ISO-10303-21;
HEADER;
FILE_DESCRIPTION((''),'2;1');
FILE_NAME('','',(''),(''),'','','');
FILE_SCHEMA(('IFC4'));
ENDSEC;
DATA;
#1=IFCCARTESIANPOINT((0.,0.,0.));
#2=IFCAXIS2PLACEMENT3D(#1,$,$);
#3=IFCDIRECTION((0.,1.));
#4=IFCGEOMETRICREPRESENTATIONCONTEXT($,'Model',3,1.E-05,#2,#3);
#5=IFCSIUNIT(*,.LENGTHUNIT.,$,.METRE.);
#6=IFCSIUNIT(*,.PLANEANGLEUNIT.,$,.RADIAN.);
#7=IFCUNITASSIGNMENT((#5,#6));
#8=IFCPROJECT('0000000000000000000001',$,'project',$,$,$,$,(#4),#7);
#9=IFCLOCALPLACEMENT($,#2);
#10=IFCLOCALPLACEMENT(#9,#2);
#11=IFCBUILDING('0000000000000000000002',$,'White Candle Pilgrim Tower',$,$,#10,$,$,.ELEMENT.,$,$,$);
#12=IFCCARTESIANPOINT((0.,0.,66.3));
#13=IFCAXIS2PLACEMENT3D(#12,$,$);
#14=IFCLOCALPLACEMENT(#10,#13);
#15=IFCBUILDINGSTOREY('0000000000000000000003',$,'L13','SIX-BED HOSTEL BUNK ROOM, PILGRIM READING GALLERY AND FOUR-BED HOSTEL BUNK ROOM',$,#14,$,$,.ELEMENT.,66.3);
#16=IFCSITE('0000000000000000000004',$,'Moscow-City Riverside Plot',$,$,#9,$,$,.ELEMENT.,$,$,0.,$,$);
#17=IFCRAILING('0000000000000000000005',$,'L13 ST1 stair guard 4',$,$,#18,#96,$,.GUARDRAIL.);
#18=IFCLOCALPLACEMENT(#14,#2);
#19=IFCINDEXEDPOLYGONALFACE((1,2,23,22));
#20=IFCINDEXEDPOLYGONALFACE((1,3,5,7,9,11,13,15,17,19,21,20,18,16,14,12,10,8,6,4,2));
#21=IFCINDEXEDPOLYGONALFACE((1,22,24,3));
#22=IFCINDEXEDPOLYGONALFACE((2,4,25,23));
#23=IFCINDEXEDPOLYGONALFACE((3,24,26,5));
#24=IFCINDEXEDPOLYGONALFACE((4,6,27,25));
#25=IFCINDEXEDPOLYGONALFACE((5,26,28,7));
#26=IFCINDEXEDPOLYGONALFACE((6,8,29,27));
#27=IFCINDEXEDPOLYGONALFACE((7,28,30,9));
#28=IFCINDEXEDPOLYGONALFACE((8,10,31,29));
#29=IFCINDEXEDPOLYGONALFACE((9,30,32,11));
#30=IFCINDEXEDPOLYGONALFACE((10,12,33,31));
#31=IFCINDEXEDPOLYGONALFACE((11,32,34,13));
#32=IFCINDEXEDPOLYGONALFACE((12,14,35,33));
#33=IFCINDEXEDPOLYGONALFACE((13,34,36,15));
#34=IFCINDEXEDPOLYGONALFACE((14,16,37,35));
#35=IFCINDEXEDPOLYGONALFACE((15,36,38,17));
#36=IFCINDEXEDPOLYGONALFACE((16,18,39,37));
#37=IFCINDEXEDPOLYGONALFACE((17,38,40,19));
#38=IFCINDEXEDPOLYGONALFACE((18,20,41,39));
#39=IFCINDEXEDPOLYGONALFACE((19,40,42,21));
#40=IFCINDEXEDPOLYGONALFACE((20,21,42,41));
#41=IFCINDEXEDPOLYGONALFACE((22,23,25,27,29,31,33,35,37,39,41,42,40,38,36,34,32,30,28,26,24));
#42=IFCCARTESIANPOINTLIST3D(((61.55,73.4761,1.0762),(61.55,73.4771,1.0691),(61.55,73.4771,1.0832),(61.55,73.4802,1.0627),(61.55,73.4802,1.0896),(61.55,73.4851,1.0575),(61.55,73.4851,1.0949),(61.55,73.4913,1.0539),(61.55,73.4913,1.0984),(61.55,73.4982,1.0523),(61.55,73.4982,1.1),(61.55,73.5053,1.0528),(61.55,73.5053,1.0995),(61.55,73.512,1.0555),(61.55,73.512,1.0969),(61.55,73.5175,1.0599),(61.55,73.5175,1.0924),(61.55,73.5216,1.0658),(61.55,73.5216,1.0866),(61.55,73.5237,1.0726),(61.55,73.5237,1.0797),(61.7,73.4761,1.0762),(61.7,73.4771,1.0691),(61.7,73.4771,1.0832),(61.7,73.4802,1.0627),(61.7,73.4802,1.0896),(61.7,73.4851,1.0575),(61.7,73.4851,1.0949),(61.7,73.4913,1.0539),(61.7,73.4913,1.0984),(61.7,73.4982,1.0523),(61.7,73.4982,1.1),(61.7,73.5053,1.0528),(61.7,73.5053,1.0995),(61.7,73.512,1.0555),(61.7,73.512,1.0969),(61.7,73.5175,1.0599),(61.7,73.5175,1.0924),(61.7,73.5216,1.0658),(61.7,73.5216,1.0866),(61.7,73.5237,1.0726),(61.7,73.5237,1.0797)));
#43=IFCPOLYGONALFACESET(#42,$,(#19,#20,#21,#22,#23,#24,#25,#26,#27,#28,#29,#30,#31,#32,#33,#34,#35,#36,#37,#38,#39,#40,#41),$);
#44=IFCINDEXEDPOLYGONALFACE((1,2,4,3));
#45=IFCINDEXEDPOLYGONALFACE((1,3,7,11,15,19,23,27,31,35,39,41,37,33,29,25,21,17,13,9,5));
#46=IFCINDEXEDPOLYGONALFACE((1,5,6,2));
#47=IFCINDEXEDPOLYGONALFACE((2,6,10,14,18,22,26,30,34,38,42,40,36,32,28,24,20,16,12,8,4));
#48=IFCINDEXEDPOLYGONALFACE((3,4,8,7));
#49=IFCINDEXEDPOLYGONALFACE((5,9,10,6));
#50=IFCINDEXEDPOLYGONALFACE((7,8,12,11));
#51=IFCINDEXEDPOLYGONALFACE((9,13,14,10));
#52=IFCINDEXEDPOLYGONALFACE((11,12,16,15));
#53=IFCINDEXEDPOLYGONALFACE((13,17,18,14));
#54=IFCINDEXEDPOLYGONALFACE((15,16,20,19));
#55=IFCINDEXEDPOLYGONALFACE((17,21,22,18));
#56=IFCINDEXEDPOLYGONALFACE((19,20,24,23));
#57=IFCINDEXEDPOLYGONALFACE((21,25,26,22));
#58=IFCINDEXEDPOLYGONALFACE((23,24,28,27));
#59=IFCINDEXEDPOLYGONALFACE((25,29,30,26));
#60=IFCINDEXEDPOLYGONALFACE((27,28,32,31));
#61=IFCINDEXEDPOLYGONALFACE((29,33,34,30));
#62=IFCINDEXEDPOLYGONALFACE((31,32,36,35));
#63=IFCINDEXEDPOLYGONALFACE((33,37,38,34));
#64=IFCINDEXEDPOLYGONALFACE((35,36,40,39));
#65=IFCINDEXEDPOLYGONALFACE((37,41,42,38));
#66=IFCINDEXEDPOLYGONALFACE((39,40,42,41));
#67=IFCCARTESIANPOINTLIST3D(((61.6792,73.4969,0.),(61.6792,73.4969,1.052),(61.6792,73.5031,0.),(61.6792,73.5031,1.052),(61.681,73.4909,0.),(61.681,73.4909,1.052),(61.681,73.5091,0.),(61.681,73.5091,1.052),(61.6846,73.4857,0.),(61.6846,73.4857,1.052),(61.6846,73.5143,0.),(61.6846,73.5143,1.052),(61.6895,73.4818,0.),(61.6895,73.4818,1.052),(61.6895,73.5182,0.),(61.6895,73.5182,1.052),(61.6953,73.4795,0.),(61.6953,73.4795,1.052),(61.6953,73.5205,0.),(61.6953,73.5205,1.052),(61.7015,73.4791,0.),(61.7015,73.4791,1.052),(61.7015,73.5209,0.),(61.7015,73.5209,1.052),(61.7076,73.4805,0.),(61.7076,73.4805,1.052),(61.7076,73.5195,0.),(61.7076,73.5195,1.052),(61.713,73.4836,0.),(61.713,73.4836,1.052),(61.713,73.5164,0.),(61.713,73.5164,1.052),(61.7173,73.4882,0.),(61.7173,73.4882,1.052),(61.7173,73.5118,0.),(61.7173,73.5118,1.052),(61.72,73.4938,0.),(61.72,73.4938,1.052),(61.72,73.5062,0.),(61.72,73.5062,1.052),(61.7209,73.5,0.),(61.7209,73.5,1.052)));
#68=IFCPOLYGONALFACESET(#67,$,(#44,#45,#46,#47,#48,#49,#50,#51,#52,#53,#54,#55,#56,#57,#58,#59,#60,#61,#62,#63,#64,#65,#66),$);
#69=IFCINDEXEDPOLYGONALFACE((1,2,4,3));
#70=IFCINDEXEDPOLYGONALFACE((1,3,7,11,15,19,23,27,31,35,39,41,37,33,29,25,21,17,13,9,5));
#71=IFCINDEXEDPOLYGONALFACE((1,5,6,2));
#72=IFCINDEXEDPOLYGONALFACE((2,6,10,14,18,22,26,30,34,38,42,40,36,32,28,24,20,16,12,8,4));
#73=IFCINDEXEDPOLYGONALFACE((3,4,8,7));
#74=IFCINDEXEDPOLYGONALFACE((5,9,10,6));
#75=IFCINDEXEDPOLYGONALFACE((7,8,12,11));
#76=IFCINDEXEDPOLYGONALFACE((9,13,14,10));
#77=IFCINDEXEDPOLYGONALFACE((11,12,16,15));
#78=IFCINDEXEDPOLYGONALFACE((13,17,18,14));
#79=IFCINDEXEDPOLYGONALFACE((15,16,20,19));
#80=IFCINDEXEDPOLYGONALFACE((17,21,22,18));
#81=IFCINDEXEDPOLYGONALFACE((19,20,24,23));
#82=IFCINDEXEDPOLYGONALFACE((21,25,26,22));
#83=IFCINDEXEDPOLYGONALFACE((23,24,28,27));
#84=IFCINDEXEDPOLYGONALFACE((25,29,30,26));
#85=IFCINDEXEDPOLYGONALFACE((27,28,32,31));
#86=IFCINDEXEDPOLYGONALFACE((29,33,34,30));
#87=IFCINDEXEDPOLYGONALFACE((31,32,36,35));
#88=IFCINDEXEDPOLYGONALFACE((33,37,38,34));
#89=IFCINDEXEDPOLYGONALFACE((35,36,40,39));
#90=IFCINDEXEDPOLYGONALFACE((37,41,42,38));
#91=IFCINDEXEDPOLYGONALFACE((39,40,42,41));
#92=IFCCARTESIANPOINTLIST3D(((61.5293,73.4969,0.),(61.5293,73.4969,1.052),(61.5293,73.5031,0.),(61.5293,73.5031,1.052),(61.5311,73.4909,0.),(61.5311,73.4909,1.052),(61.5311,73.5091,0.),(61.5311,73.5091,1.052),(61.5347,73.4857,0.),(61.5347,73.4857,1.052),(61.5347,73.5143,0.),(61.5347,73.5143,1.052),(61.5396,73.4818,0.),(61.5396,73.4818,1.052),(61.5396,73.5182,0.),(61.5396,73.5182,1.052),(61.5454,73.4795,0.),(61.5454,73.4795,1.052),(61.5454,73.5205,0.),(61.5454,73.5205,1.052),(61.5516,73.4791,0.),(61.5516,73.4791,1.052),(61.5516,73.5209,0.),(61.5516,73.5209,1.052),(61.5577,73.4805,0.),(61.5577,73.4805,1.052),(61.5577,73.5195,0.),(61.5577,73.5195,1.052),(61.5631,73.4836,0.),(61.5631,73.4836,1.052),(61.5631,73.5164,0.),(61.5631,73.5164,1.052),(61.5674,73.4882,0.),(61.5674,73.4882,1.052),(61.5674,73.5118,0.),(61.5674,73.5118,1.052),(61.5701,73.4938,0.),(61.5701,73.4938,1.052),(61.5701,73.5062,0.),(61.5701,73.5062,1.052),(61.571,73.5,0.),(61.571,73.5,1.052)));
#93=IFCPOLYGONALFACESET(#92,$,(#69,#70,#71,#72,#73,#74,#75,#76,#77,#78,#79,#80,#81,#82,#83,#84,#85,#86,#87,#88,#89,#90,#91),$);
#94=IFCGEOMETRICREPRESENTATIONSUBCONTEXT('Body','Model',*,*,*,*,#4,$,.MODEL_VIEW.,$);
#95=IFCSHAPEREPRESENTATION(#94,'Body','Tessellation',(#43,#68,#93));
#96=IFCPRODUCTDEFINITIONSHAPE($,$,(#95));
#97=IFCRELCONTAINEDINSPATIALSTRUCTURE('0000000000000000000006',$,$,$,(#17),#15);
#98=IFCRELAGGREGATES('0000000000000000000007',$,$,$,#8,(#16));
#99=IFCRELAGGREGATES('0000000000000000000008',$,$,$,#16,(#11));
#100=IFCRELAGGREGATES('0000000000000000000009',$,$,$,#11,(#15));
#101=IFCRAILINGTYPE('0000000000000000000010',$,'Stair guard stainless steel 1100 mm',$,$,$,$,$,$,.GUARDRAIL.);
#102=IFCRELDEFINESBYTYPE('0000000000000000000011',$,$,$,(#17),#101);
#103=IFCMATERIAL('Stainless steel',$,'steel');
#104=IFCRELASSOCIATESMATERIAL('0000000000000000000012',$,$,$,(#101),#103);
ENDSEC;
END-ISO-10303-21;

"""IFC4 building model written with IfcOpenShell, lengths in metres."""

from ifc_helpers import new_model, si_unit, direction, frame, origin, origin_2d, place, context, subcontext, project, spatial, circle, extrude, material, type_object, element, save


model = new_model("IFC4")

# Units and contexts
model_context = context("Model", 3, precision=1e-05, world=origin(), true_north=direction((0.0, 1.0)))
body_context = subcontext(model_context, "Body", "Model", "MODEL_VIEW")
ifc_project = project(units=[si_unit("LENGTHUNIT", "METRE"), si_unit("PLANEANGLEUNIT", "RADIAN")], contexts=[model_context])

# Site, building, storey
site_placement = place(None, origin())
site = spatial("IfcSite", under=ifc_project, at=site_placement, Name="Moscow-City Riverside Plot", CompositionType="ELEMENT", RefElevation=0.0)
building_placement = place(site_placement, origin())
building = spatial("IfcBuilding", under=site, at=building_placement, Name="White Candle Pilgrim Tower", CompositionType="ELEMENT")
storey_placement = place(building_placement, frame((0.0, 0.0, 66.3)))
storey = spatial("IfcBuildingStorey", under=building, at=storey_placement, Name="L13", Description="SIX-BED HOSTEL BUNK ROOM, PILGRIM READING GALLERY AND FOUR-BED HOSTEL BUNK ROOM", CompositionType="ELEMENT", Elevation=66.3)

# Railing
ifc_material_1 = material(Name="Stainless steel", Category="steel")
railing_type_1 = type_object("IfcRailingType", Name="Stair guard stainless steel 1100 mm", PredefinedType="GUARDRAIL", material=ifc_material_1)
railing_1_placement = place(storey_placement, frame((61.7, 73.5, 0.0)))
element("IfcRailing", 1, at=railing_1_placement, inside=storey, type_object=railing_type_1, Name="L13 ST1 stair guard 4", PredefinedType="GUARDRAIL", context=body_context, shape_type="SweptSolid", body=[
    extrude(circle(Radius=0.0239, at=origin_2d()), frame((0.0, 0.0, 1.0762), z_axis=(-1.0, 0.0, 0.0), x_axis=(0.0, -1.0, 0.0)), (0.0, 0.0, 1.0), 0.1499),
    extrude(circle(Radius=0.021, at=origin_2d()), origin(), (0.0, 0.0, 1.0), 1.052),
    extrude(circle(Radius=0.021, at=origin_2d()), frame((-0.1499, 0.0, 0.0)), (0.0, 0.0, 1.0), 1.052),
])

save(model, "model.ifc")
